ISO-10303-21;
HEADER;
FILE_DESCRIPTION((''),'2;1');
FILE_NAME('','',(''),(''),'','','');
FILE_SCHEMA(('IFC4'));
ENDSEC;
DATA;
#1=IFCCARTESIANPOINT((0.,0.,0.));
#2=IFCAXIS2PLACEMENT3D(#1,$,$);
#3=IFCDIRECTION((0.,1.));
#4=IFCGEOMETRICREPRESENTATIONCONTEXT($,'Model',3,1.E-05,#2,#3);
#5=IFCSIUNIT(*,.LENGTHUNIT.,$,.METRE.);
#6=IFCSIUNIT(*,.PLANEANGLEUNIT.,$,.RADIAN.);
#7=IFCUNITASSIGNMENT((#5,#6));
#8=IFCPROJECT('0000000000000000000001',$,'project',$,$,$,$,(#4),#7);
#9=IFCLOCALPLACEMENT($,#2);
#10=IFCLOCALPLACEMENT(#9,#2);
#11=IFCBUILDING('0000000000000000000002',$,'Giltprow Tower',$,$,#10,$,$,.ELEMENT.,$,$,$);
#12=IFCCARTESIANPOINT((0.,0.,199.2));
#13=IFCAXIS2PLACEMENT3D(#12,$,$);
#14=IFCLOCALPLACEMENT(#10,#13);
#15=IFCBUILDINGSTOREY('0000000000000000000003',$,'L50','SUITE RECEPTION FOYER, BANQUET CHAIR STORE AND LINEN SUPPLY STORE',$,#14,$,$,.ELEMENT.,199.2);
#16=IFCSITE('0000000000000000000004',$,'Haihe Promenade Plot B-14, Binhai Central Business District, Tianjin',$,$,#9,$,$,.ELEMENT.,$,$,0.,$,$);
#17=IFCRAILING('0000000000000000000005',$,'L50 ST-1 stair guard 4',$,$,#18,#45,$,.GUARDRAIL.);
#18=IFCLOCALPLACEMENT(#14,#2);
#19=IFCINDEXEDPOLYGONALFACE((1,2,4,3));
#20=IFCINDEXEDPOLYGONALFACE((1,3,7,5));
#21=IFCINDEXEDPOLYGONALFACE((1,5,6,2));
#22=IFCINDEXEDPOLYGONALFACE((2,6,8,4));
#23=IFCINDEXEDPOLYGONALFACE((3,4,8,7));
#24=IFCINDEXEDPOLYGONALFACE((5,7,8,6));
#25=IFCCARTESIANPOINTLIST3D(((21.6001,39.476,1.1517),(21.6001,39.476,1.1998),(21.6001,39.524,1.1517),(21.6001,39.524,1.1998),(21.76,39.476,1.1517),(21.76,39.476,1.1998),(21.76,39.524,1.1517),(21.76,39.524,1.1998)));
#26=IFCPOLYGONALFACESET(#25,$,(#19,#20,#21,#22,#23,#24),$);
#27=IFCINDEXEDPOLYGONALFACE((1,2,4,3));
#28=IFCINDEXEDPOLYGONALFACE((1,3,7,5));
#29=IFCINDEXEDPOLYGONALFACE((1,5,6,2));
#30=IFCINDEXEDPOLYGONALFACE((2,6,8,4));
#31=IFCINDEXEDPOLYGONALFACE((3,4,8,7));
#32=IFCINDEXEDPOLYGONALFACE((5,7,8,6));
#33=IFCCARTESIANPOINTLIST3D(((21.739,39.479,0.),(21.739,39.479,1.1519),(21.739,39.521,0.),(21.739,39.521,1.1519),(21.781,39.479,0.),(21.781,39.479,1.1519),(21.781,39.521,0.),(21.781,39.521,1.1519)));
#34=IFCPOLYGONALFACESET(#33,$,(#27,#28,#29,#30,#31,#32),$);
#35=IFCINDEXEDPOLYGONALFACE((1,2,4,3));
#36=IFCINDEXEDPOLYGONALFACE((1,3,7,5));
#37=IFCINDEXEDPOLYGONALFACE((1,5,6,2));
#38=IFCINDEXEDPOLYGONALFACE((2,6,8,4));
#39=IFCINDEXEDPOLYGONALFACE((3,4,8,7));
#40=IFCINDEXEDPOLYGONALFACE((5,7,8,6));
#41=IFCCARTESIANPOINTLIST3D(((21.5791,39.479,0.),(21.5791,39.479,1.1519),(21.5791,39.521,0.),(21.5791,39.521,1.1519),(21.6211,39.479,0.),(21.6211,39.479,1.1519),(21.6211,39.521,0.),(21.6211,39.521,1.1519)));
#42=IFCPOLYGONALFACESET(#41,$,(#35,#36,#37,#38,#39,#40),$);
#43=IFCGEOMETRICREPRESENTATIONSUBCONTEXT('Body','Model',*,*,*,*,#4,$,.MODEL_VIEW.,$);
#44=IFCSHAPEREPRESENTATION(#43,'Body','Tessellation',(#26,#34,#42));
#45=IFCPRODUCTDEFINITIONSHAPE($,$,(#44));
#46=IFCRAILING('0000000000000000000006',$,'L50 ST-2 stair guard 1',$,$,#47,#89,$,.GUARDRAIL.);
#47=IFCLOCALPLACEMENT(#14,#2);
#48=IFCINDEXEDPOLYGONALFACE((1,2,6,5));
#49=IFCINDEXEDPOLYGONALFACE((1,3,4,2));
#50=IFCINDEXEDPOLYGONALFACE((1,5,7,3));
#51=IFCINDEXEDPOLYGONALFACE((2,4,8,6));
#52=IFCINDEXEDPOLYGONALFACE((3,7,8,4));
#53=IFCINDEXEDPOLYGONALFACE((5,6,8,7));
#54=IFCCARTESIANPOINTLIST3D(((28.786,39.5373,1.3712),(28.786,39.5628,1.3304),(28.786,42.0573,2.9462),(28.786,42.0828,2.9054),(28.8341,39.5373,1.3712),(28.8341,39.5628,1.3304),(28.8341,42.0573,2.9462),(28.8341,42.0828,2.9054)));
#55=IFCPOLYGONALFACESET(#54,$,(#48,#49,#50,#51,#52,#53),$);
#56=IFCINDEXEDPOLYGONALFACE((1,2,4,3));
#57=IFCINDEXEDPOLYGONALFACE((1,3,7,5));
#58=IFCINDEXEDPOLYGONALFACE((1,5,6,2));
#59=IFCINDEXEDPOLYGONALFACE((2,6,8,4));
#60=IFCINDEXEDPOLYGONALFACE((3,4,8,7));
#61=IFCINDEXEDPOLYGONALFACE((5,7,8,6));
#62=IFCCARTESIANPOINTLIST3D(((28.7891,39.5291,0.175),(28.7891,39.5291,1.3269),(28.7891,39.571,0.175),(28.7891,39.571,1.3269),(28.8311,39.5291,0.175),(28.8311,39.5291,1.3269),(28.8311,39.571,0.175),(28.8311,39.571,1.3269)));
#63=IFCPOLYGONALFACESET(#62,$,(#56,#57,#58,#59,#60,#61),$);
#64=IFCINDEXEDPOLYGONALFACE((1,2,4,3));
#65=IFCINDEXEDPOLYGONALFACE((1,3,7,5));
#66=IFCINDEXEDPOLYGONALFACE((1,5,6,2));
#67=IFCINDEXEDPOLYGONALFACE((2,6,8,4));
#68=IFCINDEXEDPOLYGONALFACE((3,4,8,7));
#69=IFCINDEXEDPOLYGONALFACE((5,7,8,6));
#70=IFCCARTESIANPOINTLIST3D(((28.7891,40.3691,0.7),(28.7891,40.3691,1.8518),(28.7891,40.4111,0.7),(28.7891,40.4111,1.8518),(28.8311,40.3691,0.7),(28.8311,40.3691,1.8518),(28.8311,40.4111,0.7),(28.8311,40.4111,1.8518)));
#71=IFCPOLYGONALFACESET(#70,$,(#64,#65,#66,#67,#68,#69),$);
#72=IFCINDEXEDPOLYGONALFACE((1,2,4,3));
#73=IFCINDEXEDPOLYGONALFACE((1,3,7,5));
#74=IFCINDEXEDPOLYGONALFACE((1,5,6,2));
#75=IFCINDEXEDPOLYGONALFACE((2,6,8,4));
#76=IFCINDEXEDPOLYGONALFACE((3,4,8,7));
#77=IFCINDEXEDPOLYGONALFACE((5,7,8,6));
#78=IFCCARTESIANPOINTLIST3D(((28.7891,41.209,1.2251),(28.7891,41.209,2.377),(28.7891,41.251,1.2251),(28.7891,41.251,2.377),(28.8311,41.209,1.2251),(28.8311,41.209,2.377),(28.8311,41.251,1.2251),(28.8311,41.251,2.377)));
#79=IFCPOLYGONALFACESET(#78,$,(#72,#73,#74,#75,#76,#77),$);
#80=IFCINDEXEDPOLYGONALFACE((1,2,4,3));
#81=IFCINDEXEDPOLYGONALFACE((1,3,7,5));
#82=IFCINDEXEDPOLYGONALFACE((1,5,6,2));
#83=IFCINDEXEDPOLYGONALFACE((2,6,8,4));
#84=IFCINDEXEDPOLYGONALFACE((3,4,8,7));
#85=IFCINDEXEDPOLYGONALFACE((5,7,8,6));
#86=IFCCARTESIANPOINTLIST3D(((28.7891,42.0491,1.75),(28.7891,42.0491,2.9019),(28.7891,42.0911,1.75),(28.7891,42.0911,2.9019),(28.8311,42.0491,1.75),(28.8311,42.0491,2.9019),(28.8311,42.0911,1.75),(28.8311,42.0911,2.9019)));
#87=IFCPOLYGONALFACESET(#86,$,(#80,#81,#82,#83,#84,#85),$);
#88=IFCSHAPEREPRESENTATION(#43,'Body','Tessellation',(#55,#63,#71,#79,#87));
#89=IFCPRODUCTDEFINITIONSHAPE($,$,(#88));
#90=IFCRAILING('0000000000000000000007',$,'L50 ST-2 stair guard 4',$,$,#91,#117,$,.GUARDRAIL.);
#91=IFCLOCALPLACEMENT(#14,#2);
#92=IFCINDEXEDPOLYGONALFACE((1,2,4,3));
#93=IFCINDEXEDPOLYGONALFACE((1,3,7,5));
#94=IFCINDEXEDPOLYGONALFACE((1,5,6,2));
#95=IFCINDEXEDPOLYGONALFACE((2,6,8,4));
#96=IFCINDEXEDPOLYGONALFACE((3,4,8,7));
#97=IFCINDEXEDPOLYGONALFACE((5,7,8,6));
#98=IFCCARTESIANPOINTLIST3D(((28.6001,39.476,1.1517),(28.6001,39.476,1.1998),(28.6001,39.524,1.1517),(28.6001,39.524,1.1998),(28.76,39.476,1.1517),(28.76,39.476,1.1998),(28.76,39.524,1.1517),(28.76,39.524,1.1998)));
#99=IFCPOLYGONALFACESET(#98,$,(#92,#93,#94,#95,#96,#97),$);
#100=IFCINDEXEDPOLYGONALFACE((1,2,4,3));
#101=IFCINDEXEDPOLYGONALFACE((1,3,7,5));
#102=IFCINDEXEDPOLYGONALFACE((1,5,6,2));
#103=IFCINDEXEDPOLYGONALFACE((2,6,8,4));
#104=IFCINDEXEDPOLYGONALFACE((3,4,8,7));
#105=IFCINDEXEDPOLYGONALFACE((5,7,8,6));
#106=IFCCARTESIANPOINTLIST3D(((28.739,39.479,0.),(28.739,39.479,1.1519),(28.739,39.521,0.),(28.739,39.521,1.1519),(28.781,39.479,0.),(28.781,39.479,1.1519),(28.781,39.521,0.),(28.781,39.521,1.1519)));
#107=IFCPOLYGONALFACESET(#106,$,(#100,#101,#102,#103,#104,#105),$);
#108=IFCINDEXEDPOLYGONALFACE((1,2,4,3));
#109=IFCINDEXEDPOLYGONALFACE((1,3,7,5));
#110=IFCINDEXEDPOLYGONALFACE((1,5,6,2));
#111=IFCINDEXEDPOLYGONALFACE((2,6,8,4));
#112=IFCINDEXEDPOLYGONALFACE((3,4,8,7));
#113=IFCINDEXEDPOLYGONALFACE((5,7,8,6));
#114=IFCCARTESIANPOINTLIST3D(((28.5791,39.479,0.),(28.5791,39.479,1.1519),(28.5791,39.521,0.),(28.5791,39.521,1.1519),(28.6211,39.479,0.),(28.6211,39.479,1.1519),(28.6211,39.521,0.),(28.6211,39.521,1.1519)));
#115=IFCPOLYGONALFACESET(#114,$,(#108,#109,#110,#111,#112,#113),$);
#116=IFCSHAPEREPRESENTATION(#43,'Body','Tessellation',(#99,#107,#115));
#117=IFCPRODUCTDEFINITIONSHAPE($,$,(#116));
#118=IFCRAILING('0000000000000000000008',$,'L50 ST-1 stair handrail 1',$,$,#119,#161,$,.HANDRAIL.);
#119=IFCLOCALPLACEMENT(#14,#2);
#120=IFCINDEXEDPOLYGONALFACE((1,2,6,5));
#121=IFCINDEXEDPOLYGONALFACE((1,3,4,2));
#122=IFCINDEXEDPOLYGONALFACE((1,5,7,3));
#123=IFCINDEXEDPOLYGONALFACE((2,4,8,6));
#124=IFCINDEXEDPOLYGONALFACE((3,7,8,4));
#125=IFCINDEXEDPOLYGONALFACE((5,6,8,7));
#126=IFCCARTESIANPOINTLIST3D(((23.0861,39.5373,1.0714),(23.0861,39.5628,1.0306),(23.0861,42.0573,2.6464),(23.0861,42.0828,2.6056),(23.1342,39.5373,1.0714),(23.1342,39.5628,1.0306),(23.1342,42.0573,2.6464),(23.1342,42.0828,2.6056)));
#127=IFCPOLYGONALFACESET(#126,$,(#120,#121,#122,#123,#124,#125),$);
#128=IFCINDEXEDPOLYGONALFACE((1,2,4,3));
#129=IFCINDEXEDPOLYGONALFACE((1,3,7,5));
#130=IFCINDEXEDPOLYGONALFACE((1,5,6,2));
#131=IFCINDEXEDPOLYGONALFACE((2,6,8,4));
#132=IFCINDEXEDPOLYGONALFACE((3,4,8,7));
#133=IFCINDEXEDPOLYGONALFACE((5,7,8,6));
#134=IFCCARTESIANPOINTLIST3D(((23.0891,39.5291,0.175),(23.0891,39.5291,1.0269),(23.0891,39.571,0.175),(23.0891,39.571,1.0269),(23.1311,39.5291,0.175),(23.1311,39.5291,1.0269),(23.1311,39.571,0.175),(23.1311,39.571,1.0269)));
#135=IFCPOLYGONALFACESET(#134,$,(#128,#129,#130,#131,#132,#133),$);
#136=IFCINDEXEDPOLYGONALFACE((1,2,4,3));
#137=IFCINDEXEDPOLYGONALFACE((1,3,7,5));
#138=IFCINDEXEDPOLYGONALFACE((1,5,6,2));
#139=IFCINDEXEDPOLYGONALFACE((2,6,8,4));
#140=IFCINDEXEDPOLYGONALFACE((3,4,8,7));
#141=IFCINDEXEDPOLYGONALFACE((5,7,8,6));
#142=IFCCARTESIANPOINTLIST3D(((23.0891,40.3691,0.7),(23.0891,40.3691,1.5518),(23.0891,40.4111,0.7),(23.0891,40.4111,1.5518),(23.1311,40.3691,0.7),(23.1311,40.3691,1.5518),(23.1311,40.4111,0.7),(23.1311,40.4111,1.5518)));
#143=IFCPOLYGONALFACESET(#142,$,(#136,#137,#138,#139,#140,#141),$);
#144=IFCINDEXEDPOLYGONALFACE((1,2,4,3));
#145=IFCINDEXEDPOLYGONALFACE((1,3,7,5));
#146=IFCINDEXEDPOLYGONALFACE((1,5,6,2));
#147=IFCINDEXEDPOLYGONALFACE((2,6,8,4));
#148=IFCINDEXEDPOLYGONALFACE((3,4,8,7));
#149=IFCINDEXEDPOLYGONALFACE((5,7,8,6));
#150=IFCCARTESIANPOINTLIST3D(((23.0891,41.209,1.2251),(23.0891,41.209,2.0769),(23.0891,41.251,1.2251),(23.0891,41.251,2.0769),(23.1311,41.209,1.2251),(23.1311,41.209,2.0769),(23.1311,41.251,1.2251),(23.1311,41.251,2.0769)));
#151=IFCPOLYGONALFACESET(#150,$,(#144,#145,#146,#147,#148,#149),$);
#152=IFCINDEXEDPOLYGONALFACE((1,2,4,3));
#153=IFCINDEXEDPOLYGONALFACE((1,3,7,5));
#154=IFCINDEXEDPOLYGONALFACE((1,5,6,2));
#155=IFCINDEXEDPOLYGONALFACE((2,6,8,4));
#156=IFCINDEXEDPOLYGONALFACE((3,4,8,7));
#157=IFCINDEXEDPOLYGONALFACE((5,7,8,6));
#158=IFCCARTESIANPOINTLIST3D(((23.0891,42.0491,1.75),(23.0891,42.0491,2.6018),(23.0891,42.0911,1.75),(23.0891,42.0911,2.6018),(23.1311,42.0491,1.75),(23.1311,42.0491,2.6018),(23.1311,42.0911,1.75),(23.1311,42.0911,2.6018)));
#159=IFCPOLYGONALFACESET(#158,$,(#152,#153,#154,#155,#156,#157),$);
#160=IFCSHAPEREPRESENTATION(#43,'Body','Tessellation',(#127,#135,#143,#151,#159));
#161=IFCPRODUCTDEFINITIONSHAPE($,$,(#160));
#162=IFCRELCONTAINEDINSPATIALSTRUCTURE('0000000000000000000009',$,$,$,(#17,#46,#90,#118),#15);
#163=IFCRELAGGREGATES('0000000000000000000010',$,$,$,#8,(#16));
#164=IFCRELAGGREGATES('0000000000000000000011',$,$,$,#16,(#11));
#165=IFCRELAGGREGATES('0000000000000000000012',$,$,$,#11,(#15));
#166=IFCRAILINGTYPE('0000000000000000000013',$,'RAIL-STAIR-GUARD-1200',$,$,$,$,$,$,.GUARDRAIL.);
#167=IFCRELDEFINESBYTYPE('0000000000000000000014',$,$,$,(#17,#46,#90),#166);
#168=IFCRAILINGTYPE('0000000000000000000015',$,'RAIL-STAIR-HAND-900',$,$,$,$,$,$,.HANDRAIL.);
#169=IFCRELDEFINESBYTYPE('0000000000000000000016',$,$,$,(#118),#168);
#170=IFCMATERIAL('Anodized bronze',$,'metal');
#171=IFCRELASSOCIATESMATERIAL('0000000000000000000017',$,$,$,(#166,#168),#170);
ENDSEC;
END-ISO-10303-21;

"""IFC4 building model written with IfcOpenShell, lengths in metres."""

from ifc_helpers import new_model, si_unit, direction, frame, origin, origin_2d, place, context, subcontext, project, spatial, rectangle, extrude, material, type_object, element, save


model = new_model("IFC4")

# Units and contexts
model_context = context("Model", 3, precision=1e-05, world=origin(), true_north=direction((0.0, 1.0)))
body_context = subcontext(model_context, "Body", "Model", "MODEL_VIEW")
ifc_project = project(units=[si_unit("LENGTHUNIT", "METRE"), si_unit("PLANEANGLEUNIT", "RADIAN")], contexts=[model_context])

# Site, building, storey
site_placement = place(None, origin())
site = spatial("IfcSite", under=ifc_project, at=site_placement, Name="Haihe Promenade Plot B-14, Binhai Central Business District, Tianjin", CompositionType="ELEMENT", RefElevation=0.0)
building_placement = place(site_placement, origin())
building = spatial("IfcBuilding", under=site, at=building_placement, Name="Giltprow Tower", CompositionType="ELEMENT")
storey_placement = place(building_placement, frame((0.0, 0.0, 199.2)))
storey = spatial("IfcBuildingStorey", under=building, at=storey_placement, Name="L50", Description="SUITE RECEPTION FOYER, BANQUET CHAIR STORE AND LINEN SUPPLY STORE", CompositionType="ELEMENT", Elevation=199.2)

# Railings
ifc_material_1 = material(Name="Anodized bronze", Category="metal")
railing_type_1 = type_object("IfcRailingType", Name="RAIL-STAIR-GUARD-1200", PredefinedType="GUARDRAIL", material=ifc_material_1)
railing_1_placement = place(storey_placement, frame((21.76, 39.5, 0.0)))
element("IfcRailing", 1, at=railing_1_placement, inside=storey, type_object=railing_type_1, Name="L50 ST-1 stair guard 4", PredefinedType="GUARDRAIL", context=body_context, shape_type="SweptSolid", body=[
    extrude(rectangle(XDim=0.0481, YDim=0.0481, at=origin_2d()), frame((0.0, 0.0, 1.1758), z_axis=(-1.0, 0.0, 0.0), x_axis=(0.0, -1.0, 0.0)), (0.0, 0.0, 1.0), 0.1599),
    extrude(rectangle(XDim=0.042, YDim=0.042, at=origin_2d()), origin(), (0.0, 0.0, 1.0), 1.1519),
    extrude(rectangle(XDim=0.042, YDim=0.042, at=origin_2d()), frame((-0.1599, 0.0, 0.0)), (0.0, 0.0, 1.0), 1.1519),
])
railing_2_placement = place(storey_placement, frame((28.8101, 39.55, 0.175)))
element("IfcRailing", 2, at=railing_2_placement, inside=storey, type_object=railing_type_1, Name="L50 ST-2 stair guard 1", PredefinedType="GUARDRAIL", context=body_context, shape_type="SweptSolid", body=[
    extrude(rectangle(XDim=0.0481, YDim=0.0481, at=origin_2d()), frame((0.0, 0.0, 1.1758), z_axis=(0.0, 0.848008, 0.529984), x_axis=(-1.0, 0.0, 0.0)), (0.0, 0.0, 1.0), 2.9717),
    extrude(rectangle(XDim=0.042, YDim=0.042, at=origin_2d()), origin(), (0.0, 0.0, 1.0), 1.1519),
    extrude(rectangle(XDim=0.042, YDim=0.042, at=origin_2d()), frame((0.0, 0.8401, 0.5249)), (0.0, 0.0, 1.0), 1.1519),
    extrude(rectangle(XDim=0.042, YDim=0.042, at=origin_2d()), frame((0.0, 1.6799, 1.05)), (0.0, 0.0, 1.0), 1.1519),
    extrude(rectangle(XDim=0.042, YDim=0.042, at=origin_2d()), frame((0.0, 2.52, 1.575)), (0.0, 0.0, 1.0), 1.1519),
])
railing_3_placement = place(storey_placement, frame((28.76, 39.5, 0.0)))
element("IfcRailing", 3, at=railing_3_placement, inside=storey, type_object=railing_type_1, Name="L50 ST-2 stair guard 4", PredefinedType="GUARDRAIL", context=body_context, shape_type="SweptSolid", body=[
    extrude(rectangle(XDim=0.0481, YDim=0.0481, at=origin_2d()), frame((0.0, 0.0, 1.1758), z_axis=(-1.0, 0.0, 0.0), x_axis=(0.0, -1.0, 0.0)), (0.0, 0.0, 1.0), 0.1599),
    extrude(rectangle(XDim=0.042, YDim=0.042, at=origin_2d()), origin(), (0.0, 0.0, 1.0), 1.1519),
    extrude(rectangle(XDim=0.042, YDim=0.042, at=origin_2d()), frame((-0.1599, 0.0, 0.0)), (0.0, 0.0, 1.0), 1.1519),
])
railing_type_2 = type_object("IfcRailingType", Name="RAIL-STAIR-HAND-900", PredefinedType="HANDRAIL", material=ifc_material_1)
railing_4_placement = place(storey_placement, frame((23.1101, 39.55, 0.175)))
element("IfcRailing", 4, at=railing_4_placement, inside=storey, type_object=railing_type_2, Name="L50 ST-1 stair handrail 1", PredefinedType="HANDRAIL", context=body_context, shape_type="SweptSolid", body=[
    extrude(rectangle(XDim=0.0481, YDim=0.0481, at=origin_2d()), frame((0.0, 0.0, 0.876), z_axis=(0.0, 0.848008, 0.529984), x_axis=(-1.0, 0.0, 0.0)), (0.0, 0.0, 1.0), 2.9717),
    extrude(rectangle(XDim=0.042, YDim=0.042, at=origin_2d()), origin(), (0.0, 0.0, 1.0), 0.8518),
    extrude(rectangle(XDim=0.042, YDim=0.042, at=origin_2d()), frame((0.0, 0.8401, 0.5249)), (0.0, 0.0, 1.0), 0.8518),
    extrude(rectangle(XDim=0.042, YDim=0.042, at=origin_2d()), frame((0.0, 1.6799, 1.05)), (0.0, 0.0, 1.0), 0.8518),
    extrude(rectangle(XDim=0.042, YDim=0.042, at=origin_2d()), frame((0.0, 2.52, 1.575)), (0.0, 0.0, 1.0), 0.8518),
])

save(model, "model.ifc")
